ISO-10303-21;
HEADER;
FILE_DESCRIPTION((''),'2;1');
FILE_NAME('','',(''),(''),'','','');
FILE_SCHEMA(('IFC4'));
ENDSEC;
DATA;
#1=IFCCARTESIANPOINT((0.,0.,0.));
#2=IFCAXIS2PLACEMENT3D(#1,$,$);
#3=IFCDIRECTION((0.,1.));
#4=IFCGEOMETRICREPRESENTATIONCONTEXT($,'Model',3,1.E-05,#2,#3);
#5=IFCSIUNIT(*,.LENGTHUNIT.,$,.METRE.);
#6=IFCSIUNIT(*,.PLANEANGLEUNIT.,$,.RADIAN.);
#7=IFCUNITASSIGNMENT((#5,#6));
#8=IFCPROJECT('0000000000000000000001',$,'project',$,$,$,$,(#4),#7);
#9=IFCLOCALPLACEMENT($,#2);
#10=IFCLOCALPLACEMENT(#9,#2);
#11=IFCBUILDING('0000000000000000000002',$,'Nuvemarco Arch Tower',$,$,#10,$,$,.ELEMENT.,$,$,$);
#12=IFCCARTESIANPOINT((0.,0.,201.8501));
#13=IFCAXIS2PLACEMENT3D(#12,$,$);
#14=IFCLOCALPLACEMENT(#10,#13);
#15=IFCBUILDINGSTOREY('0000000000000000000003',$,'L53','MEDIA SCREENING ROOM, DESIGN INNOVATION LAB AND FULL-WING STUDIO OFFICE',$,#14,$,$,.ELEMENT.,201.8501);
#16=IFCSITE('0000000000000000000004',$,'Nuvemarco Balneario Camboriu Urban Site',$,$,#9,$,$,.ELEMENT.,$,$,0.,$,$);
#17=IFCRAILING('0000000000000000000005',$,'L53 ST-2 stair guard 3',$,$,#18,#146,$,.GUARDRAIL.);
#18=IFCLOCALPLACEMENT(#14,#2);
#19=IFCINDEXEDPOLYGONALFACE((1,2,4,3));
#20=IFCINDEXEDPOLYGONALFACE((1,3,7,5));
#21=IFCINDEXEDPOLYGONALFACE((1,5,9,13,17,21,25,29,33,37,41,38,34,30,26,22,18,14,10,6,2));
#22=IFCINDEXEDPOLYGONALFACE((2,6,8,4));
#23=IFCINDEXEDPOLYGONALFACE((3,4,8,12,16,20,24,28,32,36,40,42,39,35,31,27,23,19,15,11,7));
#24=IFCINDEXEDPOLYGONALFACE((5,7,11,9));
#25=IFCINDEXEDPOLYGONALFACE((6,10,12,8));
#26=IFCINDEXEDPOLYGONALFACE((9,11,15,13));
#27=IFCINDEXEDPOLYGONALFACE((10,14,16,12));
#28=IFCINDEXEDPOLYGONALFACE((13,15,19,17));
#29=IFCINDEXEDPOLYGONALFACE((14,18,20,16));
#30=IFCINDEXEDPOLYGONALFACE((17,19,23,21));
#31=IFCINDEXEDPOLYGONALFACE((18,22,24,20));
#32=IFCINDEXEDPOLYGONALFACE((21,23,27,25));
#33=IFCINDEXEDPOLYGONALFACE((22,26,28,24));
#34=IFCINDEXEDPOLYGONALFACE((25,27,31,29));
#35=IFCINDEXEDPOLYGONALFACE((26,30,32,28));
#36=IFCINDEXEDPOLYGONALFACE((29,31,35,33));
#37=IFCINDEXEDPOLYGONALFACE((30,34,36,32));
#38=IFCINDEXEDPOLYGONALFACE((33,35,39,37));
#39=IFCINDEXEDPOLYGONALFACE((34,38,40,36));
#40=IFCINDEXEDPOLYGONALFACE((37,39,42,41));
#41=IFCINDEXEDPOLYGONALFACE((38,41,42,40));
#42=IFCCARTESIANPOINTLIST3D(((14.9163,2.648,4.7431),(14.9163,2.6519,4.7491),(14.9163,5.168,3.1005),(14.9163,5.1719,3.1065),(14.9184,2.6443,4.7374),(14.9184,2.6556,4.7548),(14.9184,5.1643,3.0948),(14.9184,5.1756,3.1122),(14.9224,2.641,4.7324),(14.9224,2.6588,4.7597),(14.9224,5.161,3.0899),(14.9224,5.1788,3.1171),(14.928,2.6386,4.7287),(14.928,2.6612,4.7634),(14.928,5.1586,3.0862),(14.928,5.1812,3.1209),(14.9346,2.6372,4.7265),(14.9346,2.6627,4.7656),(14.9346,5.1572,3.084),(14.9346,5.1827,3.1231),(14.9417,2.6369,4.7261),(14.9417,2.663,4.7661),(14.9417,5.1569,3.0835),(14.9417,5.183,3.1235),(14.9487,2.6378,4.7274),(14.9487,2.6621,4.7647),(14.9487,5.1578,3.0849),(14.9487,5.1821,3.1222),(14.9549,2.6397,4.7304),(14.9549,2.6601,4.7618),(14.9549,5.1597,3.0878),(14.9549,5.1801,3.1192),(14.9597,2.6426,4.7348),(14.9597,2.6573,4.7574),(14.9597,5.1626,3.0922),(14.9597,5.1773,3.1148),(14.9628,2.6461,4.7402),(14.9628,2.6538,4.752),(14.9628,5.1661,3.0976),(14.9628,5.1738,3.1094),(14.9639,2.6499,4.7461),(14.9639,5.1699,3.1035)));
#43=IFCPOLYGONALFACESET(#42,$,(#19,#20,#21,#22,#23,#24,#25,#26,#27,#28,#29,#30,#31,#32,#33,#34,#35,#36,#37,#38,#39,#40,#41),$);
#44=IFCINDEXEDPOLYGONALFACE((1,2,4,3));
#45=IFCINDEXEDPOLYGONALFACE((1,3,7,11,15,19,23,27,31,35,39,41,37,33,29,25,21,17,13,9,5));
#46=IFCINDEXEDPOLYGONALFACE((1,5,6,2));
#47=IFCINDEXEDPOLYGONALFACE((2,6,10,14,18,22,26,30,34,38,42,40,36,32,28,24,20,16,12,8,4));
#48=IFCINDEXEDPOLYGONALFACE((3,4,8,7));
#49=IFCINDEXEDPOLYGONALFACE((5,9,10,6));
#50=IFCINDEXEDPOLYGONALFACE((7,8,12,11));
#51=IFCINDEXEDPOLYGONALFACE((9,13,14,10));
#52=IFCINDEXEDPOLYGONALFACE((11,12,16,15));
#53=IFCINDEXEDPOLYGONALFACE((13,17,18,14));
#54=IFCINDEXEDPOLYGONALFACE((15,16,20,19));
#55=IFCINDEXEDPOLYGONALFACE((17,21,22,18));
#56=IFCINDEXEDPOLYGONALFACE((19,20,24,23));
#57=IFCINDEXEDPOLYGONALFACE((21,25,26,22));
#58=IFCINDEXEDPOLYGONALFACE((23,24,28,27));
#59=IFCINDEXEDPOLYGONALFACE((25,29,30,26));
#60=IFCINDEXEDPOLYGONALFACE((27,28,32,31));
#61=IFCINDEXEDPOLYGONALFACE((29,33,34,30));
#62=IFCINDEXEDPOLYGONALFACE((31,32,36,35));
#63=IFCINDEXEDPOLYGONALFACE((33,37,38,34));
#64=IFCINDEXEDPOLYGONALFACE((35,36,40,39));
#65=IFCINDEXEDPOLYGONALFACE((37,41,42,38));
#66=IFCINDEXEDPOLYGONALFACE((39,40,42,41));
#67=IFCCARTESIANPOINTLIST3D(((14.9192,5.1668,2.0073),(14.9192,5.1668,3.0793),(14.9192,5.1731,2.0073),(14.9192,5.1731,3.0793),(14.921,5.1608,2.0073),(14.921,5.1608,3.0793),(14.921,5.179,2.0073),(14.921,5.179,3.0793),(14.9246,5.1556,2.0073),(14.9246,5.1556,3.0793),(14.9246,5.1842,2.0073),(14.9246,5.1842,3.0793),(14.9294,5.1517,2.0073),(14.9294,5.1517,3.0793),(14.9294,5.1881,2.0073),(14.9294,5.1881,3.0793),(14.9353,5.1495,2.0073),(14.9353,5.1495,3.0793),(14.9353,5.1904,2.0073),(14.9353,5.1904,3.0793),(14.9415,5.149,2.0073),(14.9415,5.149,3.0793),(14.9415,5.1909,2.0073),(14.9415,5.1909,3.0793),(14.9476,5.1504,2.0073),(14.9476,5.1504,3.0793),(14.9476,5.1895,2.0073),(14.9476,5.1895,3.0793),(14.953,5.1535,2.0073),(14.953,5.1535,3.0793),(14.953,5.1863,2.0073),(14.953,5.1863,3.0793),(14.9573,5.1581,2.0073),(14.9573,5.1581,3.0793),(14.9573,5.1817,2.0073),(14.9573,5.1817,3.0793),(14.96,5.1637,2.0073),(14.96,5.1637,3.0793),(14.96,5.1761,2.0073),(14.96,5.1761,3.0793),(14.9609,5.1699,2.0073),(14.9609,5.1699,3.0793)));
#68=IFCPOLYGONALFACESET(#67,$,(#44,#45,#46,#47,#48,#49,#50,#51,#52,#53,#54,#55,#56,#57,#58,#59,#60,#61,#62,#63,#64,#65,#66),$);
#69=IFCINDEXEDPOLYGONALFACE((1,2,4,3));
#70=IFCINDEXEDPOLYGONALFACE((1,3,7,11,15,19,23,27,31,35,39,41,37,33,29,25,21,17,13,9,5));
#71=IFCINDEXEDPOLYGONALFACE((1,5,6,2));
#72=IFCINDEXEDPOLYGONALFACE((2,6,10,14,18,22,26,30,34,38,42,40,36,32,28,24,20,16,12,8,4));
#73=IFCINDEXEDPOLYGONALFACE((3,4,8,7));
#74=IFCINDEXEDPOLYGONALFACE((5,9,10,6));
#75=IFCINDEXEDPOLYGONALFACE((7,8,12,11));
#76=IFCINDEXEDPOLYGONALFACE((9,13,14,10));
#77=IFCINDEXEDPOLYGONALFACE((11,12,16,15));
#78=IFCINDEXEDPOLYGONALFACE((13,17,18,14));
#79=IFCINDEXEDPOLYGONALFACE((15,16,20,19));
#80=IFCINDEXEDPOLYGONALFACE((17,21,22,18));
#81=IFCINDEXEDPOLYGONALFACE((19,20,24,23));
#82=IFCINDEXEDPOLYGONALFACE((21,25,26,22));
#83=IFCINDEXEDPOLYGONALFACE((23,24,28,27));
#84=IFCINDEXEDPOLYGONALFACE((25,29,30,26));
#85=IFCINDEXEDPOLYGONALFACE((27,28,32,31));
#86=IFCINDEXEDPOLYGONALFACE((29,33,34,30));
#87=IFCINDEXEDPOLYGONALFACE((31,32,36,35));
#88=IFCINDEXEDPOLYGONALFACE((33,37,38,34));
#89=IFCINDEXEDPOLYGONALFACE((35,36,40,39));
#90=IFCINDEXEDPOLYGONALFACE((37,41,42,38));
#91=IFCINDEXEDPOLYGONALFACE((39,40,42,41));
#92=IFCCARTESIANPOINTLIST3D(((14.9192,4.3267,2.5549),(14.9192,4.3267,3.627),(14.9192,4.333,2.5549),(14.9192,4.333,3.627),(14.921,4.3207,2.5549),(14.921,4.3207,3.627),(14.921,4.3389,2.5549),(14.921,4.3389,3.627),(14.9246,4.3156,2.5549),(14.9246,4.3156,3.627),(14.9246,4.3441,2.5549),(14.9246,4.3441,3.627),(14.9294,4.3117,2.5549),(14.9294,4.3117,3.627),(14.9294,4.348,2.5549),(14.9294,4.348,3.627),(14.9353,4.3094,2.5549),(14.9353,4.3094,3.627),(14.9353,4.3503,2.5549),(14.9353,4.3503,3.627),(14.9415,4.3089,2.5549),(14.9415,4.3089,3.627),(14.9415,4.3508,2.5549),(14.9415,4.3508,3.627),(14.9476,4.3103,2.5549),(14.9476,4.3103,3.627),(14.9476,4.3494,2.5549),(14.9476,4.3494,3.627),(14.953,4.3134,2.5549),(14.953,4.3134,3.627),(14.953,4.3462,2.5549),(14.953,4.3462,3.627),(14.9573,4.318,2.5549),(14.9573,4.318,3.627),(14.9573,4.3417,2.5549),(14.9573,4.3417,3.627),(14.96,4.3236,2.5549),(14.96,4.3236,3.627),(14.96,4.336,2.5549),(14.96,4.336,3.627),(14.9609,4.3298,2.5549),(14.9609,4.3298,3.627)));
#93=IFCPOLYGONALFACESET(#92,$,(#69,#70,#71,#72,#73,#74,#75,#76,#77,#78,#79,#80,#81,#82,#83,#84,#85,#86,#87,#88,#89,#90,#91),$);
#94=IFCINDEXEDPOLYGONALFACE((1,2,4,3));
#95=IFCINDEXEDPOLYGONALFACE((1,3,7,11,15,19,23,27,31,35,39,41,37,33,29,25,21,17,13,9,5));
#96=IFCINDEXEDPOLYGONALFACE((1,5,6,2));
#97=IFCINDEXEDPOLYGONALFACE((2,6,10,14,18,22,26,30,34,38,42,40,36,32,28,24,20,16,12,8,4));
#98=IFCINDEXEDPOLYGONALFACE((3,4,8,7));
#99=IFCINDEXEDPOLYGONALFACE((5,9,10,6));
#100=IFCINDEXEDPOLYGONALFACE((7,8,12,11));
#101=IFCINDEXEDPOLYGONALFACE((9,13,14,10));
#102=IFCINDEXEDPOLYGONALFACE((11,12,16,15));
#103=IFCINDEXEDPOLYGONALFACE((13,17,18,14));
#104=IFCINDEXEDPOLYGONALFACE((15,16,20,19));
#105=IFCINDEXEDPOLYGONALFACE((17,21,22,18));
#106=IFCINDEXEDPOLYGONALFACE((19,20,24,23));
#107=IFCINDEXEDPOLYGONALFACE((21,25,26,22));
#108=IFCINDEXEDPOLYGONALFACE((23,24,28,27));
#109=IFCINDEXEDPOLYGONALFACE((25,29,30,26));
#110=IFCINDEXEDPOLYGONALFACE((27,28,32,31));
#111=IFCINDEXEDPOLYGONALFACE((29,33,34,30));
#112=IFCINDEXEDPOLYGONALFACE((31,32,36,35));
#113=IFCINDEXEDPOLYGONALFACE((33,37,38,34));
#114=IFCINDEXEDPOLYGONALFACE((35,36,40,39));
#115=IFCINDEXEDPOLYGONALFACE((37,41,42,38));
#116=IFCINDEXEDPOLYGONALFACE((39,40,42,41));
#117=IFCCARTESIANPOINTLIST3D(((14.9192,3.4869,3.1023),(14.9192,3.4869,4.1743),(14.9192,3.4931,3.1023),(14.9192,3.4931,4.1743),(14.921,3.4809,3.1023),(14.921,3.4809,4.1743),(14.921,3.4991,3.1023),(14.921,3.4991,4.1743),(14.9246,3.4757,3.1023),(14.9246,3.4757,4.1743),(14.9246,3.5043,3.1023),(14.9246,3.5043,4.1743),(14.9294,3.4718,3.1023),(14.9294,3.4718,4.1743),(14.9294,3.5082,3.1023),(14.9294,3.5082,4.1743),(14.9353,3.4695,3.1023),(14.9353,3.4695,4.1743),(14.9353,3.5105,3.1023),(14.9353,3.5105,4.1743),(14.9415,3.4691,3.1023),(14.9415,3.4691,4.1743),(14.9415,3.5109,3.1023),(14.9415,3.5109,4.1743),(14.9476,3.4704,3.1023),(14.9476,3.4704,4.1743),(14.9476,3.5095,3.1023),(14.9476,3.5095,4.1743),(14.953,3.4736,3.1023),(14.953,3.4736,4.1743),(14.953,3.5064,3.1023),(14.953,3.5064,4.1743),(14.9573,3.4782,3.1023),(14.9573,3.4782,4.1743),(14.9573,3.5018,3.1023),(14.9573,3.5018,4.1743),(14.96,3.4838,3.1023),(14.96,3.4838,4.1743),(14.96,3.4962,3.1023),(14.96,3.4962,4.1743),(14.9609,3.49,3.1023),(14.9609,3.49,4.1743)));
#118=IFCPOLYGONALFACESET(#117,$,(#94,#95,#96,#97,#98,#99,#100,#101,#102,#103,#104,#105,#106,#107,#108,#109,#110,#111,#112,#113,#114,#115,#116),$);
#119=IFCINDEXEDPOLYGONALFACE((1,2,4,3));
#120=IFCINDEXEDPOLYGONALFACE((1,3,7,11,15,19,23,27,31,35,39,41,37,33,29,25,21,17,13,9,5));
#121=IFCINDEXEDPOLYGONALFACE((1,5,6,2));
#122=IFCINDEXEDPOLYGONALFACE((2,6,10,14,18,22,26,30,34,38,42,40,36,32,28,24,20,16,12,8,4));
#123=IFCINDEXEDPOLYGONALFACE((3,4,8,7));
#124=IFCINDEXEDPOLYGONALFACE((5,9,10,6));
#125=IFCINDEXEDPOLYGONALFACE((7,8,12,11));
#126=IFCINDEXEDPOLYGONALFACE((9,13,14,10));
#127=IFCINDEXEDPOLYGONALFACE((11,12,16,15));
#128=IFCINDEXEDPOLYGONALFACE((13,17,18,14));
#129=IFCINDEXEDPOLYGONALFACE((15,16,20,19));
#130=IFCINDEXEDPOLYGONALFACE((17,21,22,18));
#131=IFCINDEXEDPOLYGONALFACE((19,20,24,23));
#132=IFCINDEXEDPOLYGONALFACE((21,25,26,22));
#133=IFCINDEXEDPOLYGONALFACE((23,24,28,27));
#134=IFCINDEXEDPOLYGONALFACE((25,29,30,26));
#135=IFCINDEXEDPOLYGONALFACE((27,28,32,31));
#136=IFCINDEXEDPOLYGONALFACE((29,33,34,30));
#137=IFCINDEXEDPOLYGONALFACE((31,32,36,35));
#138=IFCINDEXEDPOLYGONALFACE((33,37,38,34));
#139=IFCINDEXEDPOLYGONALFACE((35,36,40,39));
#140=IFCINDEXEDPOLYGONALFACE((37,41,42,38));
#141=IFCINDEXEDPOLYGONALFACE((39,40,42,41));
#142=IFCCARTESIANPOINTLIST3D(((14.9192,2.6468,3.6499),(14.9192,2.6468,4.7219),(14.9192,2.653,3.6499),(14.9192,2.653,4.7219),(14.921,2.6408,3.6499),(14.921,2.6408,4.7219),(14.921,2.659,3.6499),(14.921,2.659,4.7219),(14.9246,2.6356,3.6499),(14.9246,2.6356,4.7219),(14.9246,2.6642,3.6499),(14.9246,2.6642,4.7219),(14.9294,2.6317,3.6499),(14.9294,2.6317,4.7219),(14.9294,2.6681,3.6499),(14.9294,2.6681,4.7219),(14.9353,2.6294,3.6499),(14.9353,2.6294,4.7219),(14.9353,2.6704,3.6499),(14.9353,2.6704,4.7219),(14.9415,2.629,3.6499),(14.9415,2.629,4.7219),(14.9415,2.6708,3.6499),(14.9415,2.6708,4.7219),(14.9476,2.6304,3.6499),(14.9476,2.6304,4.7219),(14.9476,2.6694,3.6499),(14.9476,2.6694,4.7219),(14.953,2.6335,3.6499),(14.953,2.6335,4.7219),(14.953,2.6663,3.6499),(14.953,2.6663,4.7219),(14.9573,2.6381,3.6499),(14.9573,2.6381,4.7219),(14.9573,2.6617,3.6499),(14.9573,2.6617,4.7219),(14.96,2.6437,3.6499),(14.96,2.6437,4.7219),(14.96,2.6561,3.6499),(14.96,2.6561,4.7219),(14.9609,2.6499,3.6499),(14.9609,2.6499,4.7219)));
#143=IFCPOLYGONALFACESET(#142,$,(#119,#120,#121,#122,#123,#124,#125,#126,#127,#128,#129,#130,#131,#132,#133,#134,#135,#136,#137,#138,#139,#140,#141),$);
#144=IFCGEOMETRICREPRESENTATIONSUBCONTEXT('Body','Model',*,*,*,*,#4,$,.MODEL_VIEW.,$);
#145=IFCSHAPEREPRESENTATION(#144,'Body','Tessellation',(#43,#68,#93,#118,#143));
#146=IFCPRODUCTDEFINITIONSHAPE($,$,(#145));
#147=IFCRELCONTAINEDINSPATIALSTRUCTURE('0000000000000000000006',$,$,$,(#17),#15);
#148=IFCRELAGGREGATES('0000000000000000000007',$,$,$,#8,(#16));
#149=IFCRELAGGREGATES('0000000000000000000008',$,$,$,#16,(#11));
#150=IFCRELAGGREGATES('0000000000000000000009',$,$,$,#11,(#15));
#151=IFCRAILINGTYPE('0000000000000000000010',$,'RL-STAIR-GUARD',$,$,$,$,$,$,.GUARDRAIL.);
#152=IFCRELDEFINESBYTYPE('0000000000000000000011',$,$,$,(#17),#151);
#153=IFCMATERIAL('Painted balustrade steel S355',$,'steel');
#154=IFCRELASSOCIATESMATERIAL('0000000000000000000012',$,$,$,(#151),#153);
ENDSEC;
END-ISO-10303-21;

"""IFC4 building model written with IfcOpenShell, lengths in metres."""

from ifc_helpers import new_model, si_unit, direction, frame, origin, origin_2d, place, context, subcontext, project, spatial, circle, extrude, material, type_object, element, save


model = new_model("IFC4")

# Units and contexts
model_context = context("Model", 3, precision=1e-05, world=origin(), true_north=direction((0.0, 1.0)))
body_context = subcontext(model_context, "Body", "Model", "MODEL_VIEW")
ifc_project = project(units=[si_unit("LENGTHUNIT", "METRE"), si_unit("PLANEANGLEUNIT", "RADIAN")], contexts=[model_context])

# Site, building, storey
site_placement = place(None, origin())
site = spatial("IfcSite", under=ifc_project, at=site_placement, Name="Nuvemarco Balneario Camboriu Urban Site", CompositionType="ELEMENT", RefElevation=0.0)
building_placement = place(site_placement, origin())
building = spatial("IfcBuilding", under=site, at=building_placement, Name="Nuvemarco Arch Tower", CompositionType="ELEMENT")
storey_placement = place(building_placement, frame((0.0, 0.0, 201.8501)))
storey = spatial("IfcBuildingStorey", under=building, at=storey_placement, Name="L53", Description="MEDIA SCREENING ROOM, DESIGN INNOVATION LAB AND FULL-WING STUDIO OFFICE", CompositionType="ELEMENT", Elevation=201.8501)

# Railing
ifc_material_1 = material(Name="Painted balustrade steel S355", Category="steel")
railing_type_1 = type_object("IfcRailingType", Name="RL-STAIR-GUARD", PredefinedType="GUARDRAIL", material=ifc_material_1)
railing_1_placement = place(storey_placement, frame((14.9399, 5.1699, 2.0073)))
element("IfcRailing", 1, at=railing_1_placement, inside=storey, type_object=railing_type_1, Name="L53 ST-2 stair guard 3", PredefinedType="GUARDRAIL", context=body_context, shape_type="SweptSolid", body=[
    extrude(circle(Radius=0.0239, at=origin_2d()), frame((0.0, 0.0, 1.0962), z_axis=(0.0, -0.837749, 0.546055), x_axis=(1.0, 0.0, 0.0)), (0.0, 0.0, 1.0), 3.0081),
    extrude(circle(Radius=0.021, at=origin_2d()), origin(), (0.0, 0.0, 1.0), 1.072),
    extrude(circle(Radius=0.021, at=origin_2d()), frame((0.0, -0.8401, 0.5476)), (0.0, 0.0, 1.0), 1.072),
    extrude(circle(Radius=0.021, at=origin_2d()), frame((0.0, -1.6799, 1.095)), (0.0, 0.0, 1.0), 1.072),
    extrude(circle(Radius=0.021, at=origin_2d()), frame((0.0, -2.52, 1.6426)), (0.0, 0.0, 1.0), 1.072),
])

save(model, "model.ifc")
